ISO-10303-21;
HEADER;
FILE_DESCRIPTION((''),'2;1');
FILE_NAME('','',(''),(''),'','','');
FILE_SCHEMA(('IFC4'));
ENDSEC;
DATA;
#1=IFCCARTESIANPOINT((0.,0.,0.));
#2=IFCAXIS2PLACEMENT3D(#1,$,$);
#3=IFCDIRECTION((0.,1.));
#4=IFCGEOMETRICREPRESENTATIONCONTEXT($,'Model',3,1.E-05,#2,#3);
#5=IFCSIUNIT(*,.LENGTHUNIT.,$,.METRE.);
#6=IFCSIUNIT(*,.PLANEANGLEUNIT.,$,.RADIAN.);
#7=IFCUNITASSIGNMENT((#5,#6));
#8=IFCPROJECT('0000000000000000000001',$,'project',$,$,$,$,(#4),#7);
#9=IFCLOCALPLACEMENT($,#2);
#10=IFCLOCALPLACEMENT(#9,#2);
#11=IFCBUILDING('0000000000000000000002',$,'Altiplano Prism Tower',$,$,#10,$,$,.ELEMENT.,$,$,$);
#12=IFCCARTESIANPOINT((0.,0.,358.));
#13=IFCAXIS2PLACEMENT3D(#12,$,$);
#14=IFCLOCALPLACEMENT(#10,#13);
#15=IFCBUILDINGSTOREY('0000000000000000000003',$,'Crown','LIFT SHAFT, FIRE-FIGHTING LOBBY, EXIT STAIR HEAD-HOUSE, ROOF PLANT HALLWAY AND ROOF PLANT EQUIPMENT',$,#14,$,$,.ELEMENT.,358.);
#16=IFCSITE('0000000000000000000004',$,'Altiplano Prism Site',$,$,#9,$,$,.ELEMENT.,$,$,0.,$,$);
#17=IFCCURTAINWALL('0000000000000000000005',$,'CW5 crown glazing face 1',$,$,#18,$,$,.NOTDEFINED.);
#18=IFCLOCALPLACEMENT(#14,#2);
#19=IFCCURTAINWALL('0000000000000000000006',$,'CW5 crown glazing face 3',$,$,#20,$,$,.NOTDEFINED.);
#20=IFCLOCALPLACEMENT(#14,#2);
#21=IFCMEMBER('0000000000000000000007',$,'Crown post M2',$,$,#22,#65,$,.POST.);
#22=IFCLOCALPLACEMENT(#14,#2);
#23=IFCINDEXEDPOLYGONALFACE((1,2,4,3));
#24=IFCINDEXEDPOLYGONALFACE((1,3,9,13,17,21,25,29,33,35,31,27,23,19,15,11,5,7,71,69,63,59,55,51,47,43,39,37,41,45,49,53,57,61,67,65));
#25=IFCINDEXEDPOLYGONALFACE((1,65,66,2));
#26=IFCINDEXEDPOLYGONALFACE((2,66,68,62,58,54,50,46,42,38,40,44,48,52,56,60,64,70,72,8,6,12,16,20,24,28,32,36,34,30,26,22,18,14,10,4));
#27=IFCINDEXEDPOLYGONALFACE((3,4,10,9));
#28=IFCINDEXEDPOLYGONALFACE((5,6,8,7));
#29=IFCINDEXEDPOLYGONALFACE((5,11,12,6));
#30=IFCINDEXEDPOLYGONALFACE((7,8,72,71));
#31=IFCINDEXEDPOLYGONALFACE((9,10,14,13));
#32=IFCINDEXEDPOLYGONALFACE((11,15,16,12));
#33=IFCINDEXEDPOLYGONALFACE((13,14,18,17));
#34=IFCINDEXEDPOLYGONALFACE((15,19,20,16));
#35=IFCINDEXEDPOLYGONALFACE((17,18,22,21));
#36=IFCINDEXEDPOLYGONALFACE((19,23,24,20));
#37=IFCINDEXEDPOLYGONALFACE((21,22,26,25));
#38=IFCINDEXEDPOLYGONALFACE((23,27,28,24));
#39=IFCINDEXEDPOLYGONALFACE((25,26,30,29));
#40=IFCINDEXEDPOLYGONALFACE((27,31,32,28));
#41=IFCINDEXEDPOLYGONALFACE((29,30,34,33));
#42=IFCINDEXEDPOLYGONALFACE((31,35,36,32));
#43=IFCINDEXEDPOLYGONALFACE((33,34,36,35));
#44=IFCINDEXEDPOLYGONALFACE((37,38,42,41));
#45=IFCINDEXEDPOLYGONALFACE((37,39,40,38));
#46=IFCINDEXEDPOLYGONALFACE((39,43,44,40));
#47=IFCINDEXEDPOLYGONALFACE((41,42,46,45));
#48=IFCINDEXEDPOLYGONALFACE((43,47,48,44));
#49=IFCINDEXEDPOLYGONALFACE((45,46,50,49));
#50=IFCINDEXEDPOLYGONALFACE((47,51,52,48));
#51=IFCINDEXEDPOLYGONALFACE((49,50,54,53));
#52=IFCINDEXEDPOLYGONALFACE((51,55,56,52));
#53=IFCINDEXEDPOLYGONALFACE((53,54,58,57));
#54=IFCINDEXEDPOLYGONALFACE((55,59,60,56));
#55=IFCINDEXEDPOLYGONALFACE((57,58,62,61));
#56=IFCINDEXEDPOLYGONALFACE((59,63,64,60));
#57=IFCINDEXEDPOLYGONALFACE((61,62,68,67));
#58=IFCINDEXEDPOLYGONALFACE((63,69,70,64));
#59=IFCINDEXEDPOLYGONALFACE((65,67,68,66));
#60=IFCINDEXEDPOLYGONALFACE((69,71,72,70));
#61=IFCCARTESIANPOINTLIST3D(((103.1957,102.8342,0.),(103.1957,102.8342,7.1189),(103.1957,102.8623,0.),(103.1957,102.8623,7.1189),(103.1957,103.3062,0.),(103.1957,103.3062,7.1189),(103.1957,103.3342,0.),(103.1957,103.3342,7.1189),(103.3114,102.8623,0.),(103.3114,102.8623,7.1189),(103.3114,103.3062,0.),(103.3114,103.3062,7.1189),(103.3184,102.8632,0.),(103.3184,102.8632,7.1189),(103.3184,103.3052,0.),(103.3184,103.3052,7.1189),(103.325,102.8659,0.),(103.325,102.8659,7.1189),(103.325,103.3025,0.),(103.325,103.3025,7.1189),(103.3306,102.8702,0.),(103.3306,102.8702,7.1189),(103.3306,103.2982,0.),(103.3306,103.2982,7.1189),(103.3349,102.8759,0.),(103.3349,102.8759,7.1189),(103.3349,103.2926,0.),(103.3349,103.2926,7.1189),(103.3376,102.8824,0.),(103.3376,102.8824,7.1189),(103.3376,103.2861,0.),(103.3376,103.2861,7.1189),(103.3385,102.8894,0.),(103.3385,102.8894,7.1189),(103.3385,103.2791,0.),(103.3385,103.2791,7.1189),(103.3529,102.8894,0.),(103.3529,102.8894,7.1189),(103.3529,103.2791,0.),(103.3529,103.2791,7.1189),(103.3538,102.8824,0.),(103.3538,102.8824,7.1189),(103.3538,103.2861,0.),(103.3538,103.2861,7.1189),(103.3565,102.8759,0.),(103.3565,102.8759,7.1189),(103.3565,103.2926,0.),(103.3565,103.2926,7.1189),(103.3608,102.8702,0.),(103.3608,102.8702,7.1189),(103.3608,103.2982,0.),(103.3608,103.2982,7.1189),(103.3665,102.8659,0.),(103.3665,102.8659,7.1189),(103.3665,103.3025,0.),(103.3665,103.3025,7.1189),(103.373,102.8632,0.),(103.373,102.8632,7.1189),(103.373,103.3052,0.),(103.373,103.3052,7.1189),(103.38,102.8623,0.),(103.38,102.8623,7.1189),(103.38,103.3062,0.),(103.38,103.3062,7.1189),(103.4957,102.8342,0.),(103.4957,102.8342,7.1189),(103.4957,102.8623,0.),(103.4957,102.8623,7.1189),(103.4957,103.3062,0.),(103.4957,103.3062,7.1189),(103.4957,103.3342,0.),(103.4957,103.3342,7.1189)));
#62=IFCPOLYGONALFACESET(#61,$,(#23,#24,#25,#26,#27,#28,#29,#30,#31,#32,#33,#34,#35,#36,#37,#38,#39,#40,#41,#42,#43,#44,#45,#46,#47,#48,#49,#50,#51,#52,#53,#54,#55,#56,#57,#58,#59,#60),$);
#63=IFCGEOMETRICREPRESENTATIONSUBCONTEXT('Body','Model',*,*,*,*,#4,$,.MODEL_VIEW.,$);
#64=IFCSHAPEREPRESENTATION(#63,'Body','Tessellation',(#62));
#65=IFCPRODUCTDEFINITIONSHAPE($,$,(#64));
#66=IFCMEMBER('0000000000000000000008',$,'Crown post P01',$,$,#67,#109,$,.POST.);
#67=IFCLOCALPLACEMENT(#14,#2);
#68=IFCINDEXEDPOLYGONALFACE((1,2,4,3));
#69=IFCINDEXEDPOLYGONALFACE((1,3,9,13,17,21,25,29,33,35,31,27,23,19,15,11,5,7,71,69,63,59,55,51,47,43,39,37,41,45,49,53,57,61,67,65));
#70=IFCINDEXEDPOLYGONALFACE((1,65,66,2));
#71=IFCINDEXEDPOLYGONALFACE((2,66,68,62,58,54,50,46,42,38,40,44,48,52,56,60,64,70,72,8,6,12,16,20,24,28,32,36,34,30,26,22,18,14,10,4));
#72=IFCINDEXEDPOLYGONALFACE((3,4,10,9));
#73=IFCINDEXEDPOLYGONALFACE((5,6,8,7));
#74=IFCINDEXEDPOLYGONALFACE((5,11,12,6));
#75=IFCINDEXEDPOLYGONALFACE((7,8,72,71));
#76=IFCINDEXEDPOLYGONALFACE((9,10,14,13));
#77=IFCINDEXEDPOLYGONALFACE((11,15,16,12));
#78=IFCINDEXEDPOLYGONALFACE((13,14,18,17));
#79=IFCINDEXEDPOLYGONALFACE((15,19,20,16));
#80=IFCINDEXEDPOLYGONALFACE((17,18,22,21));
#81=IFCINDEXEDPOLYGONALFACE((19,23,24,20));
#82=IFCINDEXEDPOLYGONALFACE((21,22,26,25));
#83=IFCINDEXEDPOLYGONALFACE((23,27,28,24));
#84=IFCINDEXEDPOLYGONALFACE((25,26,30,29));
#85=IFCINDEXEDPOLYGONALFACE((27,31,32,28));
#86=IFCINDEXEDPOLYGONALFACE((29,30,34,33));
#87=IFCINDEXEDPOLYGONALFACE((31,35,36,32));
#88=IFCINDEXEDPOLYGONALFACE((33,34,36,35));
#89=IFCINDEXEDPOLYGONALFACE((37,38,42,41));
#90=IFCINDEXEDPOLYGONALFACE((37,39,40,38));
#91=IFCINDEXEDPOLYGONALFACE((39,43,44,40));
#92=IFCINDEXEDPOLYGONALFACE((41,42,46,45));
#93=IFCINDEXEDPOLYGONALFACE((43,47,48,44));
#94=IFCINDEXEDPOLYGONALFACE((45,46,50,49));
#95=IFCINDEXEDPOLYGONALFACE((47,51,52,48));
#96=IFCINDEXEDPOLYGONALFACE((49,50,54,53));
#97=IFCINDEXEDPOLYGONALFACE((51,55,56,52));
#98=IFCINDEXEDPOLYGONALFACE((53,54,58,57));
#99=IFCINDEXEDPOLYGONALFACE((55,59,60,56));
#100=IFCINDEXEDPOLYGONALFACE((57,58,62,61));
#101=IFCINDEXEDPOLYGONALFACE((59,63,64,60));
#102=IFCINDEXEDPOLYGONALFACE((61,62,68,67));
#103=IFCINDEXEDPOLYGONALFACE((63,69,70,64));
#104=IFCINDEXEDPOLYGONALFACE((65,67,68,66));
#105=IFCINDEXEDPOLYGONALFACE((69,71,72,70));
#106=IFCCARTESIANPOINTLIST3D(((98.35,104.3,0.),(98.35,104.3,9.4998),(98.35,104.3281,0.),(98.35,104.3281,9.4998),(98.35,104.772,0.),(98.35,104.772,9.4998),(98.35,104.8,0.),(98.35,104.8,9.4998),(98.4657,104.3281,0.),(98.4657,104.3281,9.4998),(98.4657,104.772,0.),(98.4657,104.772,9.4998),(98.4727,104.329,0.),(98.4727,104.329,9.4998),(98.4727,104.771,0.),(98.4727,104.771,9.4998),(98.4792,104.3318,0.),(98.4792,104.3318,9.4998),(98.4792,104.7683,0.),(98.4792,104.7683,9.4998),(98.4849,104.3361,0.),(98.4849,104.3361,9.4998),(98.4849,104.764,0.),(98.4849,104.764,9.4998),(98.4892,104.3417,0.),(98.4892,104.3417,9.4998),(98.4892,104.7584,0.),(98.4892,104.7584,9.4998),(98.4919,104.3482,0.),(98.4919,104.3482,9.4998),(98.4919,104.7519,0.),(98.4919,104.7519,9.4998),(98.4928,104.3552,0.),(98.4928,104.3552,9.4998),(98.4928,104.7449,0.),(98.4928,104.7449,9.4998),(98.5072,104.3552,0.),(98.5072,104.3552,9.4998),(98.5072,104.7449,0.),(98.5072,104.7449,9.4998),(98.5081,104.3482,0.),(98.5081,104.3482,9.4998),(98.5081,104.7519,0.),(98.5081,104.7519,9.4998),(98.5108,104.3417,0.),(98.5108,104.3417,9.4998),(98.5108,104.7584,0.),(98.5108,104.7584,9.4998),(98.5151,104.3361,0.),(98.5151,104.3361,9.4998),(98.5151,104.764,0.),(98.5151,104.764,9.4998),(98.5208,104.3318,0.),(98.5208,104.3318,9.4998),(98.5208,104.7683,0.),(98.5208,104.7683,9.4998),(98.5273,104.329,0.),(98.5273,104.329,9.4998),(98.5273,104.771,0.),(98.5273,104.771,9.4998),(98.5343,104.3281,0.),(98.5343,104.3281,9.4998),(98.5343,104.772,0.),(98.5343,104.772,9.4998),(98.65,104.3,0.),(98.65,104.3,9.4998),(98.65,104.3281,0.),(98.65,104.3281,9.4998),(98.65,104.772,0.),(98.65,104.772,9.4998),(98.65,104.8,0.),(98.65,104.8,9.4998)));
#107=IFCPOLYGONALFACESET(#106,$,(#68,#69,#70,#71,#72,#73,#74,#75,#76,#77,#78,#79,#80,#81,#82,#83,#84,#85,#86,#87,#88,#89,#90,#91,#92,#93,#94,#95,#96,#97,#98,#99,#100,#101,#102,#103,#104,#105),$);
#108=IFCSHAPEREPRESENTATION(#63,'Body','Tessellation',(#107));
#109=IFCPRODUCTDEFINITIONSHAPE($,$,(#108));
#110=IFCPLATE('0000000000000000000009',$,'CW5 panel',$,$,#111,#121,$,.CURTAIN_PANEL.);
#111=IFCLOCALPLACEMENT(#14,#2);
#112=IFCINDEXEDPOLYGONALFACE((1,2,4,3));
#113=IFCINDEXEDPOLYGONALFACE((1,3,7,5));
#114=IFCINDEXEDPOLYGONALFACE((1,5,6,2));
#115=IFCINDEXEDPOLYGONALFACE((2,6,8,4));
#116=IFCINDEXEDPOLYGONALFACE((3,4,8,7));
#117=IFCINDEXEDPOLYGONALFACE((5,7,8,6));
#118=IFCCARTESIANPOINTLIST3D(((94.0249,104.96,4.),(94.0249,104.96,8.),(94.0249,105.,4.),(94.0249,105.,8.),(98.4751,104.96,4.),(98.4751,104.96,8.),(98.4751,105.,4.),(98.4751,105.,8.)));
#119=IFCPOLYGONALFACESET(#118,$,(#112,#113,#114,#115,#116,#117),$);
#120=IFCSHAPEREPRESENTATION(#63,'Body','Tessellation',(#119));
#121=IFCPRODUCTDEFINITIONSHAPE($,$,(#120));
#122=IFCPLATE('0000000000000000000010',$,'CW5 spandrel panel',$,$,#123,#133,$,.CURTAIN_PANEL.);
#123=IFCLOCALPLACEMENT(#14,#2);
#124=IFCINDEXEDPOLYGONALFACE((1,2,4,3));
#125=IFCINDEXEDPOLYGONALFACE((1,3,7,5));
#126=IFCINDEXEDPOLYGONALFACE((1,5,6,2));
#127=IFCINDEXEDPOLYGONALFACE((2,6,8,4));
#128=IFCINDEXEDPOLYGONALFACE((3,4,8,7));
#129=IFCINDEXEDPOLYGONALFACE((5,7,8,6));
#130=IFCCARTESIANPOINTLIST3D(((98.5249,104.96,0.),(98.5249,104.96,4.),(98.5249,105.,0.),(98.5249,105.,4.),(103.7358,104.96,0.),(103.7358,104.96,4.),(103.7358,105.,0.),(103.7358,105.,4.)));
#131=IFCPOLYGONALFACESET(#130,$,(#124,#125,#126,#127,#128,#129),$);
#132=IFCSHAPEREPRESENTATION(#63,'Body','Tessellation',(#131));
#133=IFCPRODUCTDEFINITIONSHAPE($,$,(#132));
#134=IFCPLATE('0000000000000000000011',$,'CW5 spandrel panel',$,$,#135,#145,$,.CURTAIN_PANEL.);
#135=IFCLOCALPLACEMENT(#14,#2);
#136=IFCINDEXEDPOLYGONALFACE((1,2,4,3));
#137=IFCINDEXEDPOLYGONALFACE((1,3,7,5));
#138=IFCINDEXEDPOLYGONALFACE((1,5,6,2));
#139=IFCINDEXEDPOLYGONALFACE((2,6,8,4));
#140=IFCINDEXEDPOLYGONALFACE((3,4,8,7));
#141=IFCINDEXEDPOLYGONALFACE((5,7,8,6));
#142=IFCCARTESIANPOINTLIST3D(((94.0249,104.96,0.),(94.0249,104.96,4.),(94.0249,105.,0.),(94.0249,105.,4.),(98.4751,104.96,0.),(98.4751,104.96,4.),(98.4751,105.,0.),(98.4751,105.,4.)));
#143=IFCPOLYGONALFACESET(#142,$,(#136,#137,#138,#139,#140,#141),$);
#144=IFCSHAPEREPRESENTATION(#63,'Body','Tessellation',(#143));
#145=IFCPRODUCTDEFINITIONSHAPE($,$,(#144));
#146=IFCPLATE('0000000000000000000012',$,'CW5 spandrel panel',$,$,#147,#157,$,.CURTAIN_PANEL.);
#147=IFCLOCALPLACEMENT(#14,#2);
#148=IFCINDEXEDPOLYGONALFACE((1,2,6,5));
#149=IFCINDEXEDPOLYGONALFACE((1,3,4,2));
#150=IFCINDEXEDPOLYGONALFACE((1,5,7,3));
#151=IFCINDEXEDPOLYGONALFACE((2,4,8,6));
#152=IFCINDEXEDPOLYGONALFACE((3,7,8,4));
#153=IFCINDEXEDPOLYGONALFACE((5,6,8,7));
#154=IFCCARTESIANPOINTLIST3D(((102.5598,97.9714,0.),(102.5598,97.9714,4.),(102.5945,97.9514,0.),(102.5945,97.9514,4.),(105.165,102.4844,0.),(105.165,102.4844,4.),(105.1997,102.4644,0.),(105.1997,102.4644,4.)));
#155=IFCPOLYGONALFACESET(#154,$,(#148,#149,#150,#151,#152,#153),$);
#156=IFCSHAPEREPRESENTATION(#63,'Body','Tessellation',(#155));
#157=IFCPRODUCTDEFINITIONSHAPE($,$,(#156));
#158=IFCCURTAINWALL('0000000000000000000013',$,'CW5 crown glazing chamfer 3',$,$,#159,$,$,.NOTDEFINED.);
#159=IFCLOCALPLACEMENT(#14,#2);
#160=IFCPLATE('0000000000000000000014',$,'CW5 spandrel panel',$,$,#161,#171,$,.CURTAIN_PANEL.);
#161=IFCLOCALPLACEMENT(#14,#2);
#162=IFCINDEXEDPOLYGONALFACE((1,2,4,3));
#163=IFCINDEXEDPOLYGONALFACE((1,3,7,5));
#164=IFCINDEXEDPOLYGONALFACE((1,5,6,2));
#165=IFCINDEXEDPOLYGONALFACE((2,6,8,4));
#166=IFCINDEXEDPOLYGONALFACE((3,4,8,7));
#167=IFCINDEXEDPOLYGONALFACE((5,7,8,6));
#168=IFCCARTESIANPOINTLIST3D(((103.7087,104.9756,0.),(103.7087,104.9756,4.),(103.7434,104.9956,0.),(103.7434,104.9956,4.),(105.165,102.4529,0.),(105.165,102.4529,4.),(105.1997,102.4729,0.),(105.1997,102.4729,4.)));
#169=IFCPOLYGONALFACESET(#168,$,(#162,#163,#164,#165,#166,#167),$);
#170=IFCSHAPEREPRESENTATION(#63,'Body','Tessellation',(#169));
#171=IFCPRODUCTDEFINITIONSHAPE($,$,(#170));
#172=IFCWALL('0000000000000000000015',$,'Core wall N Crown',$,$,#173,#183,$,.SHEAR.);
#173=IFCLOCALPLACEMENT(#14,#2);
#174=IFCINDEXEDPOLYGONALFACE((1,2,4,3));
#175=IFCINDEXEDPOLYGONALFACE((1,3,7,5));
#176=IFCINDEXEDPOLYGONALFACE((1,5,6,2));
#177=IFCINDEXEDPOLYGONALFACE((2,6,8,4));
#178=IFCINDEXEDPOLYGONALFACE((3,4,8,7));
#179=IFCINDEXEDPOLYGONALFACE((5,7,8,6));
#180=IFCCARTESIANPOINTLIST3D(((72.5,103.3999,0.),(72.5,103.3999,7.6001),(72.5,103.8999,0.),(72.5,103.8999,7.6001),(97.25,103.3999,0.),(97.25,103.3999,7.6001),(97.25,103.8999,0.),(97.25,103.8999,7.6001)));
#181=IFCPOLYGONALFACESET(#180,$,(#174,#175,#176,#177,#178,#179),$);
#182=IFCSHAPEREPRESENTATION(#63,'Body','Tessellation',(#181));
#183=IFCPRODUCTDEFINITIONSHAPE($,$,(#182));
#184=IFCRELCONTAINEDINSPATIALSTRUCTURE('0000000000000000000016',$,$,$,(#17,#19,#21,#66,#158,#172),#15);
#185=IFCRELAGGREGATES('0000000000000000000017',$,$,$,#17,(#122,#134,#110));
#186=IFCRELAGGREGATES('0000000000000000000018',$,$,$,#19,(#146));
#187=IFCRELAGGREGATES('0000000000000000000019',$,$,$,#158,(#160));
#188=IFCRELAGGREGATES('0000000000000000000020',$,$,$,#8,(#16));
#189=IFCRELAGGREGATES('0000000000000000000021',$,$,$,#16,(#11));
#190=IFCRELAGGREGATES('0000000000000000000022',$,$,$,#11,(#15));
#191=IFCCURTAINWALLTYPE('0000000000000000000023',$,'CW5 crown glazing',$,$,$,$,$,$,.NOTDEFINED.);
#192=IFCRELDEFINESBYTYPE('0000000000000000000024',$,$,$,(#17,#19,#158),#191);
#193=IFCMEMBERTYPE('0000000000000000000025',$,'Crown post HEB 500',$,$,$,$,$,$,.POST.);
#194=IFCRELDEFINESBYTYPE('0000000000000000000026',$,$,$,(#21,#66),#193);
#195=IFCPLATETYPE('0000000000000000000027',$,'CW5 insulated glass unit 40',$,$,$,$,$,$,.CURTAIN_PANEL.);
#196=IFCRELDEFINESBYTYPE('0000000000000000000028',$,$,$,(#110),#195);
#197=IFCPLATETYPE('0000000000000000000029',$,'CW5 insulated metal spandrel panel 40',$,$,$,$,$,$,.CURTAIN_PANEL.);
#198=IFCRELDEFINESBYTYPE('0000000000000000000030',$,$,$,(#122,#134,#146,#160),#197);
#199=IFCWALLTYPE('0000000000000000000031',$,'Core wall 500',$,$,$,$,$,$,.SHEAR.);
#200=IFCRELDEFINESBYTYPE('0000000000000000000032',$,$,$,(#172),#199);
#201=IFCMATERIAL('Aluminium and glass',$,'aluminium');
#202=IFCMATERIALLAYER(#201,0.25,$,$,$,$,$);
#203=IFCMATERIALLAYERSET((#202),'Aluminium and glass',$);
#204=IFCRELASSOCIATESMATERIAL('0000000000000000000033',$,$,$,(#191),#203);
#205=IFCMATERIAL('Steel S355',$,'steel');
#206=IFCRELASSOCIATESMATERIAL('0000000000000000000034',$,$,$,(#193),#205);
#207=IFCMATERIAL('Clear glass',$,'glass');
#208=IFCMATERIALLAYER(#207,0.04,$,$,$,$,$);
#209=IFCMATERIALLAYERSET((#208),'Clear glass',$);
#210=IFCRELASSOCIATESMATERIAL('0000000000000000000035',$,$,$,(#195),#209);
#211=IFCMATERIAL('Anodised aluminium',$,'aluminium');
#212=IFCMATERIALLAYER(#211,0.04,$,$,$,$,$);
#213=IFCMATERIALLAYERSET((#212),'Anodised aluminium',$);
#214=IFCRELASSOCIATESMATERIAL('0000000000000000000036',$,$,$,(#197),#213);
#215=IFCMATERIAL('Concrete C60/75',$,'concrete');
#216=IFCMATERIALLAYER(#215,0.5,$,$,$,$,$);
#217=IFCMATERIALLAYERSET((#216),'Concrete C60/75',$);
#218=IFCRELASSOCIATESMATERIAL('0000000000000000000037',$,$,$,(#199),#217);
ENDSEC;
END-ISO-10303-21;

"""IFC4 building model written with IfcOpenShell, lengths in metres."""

from ifc_helpers import new_model, si_unit, direction, frame, frame_2d, origin, origin_2d, place, context, subcontext, project, spatial, polyline, rectangle, i_section, outline, extrude, material, layer, layer_set, material_profile, profile_set, type_object, element, aggregate, save


model = new_model("IFC4")

# Units and contexts
model_context = context("Model", 3, precision=1e-05, world=origin(), true_north=direction((0.0, 1.0)))
body_context = subcontext(model_context, "Body", "Model", "MODEL_VIEW")
ifc_project = project(units=[si_unit("LENGTHUNIT", "METRE"), si_unit("PLANEANGLEUNIT", "RADIAN")], contexts=[model_context])

# Site, building, storey
site_placement = place(None, origin())
site = spatial("IfcSite", under=ifc_project, at=site_placement, Name="Altiplano Prism Site", CompositionType="ELEMENT", RefElevation=0.0)
building_placement = place(site_placement, origin())
building = spatial("IfcBuilding", under=site, at=building_placement, Name="Altiplano Prism Tower", CompositionType="ELEMENT")
storey_placement = place(building_placement, frame((0.0, 0.0, 358.0)))
storey = spatial("IfcBuildingStorey", under=building, at=storey_placement, Name="Crown", Description="LIFT SHAFT, FIRE-FIGHTING LOBBY, EXIT STAIR HEAD-HOUSE, ROOF PLANT HALLWAY AND ROOF PLANT EQUIPMENT", CompositionType="ELEMENT", Elevation=358.0)

# Curtain walls
ifc_material_1 = material(Name="Aluminium and glass", Category="aluminium")
ifc_layer_1 = layer(ifc_material_1, 0.25)
ifc_layer_set_1 = layer_set([ifc_layer_1], Name="Aluminium and glass")
curtain_wall_type = type_object("IfcCurtainWallType", Name="CW5 crown glazing", PredefinedType="NOTDEFINED", material=ifc_layer_set_1)
curtain_wall_1_placement = place(storey_placement, origin())
curtain_wall_1 = element("IfcCurtainWall", 1, at=curtain_wall_1_placement, inside=storey, type_object=curtain_wall_type, Name="CW5 crown glazing face 1", PredefinedType="NOTDEFINED")
curtain_wall_2_placement = place(storey_placement, origin())
curtain_wall_2 = element("IfcCurtainWall", 2, at=curtain_wall_2_placement, inside=storey, type_object=curtain_wall_type, Name="CW5 crown glazing face 3", PredefinedType="NOTDEFINED")

# Members
ifc_material_2 = material(Name="Steel S355", Category="steel")
ifc_material_profile_1 = material_profile(ifc_material_2, i_section(OverallWidth=0.3, OverallDepth=0.5, WebThickness=0.0144, FlangeThickness=0.0281, FilletRadius=0.0271, at=origin_2d()), Name="Crown post HEB 500")
ifc_profile_set_1 = profile_set([ifc_material_profile_1], Name="Steel S355")
member_type_1 = type_object("IfcMemberType", Name="Crown post HEB 500", PredefinedType="POST", material=ifc_profile_set_1)
member_1_placement = place(storey_placement, frame((103.3457, 103.0842, 0.0), z_axis=(0.0, 0.0, 1.0), x_axis=(1.0, 0.0, 0.0)))
element("IfcMember", 3, at=member_1_placement, inside=storey, type_object=member_type_1, Name="Crown post M2", PredefinedType="POST", context=body_context, shape_type="SweptSolid", body=[
    extrude(i_section(OverallWidth=0.3, OverallDepth=0.5, WebThickness=0.0144, FlangeThickness=0.0281, FilletRadius=0.0271, at=origin_2d()), origin(), (0.0, 0.0, 1.0), 7.1189),
])
member_2_placement = place(storey_placement, frame((98.5, 104.55, 0.0), z_axis=(0.0, 0.0, 1.0), x_axis=(1.0, 0.0, 0.0)))
element("IfcMember", 4, at=member_2_placement, inside=storey, type_object=member_type_1, Name="Crown post P01", PredefinedType="POST", context=body_context, shape_type="SweptSolid", body=[
    extrude(i_section(OverallWidth=0.3, OverallDepth=0.5, WebThickness=0.0144, FlangeThickness=0.0281, FilletRadius=0.0271, at=origin_2d()), origin(), (0.0, 0.0, 1.0), 9.4998),
])

# Plates
ifc_material_3 = material(Name="Clear glass", Category="glass")
ifc_layer_2 = layer(ifc_material_3, 0.04)
ifc_layer_set_2 = layer_set([ifc_layer_2], Name="Clear glass")
plate_type_1 = type_object("IfcPlateType", Name="CW5 insulated glass unit 40", PredefinedType="CURTAIN_PANEL", material=ifc_layer_set_2)
plate_1_placement = place(storey_placement, frame((98.4751, 105.0, 4.0), z_axis=(0.0, 1.0, 0.0), x_axis=(-1.0, 0.0, 0.0)))
plate_1 = element("IfcPlate", 5, at=plate_1_placement, type_object=plate_type_1, Name="CW5 panel", PredefinedType="CURTAIN_PANEL", context=body_context, shape_type="SweptSolid", body=[
    extrude(outline(polyline([(0.0, 0.0), (4.4502, 0.0), (4.4502, 4.0), (0.0, 4.0), (0.0, 0.0)])), origin(), (0.0, 0.0, -1.0), 0.04),
])
ifc_material_4 = material(Name="Anodised aluminium", Category="aluminium")
ifc_layer_3 = layer(ifc_material_4, 0.04)
ifc_layer_set_3 = layer_set([ifc_layer_3], Name="Anodised aluminium")
plate_type_2 = type_object("IfcPlateType", Name="CW5 insulated metal spandrel panel 40", PredefinedType="CURTAIN_PANEL", material=ifc_layer_set_3)
plate_2_placement = place(storey_placement, frame((103.7358, 105.0, 0.0), z_axis=(0.0, 1.0, 0.0), x_axis=(-1.0, 0.0, 0.0)))
plate_2 = element("IfcPlate", 6, at=plate_2_placement, type_object=plate_type_2, Name="CW5 spandrel panel", PredefinedType="CURTAIN_PANEL", context=body_context, shape_type="SweptSolid", body=[
    extrude(outline(polyline([(0.0, 0.0), (5.2109, 0.0), (5.2109, 4.0), (0.0, 4.0), (0.0, 0.0)])), origin(), (0.0, 0.0, -1.0), 0.04),
])
plate_3_placement = place(storey_placement, frame((98.4751, 105.0, 0.0), z_axis=(0.0, 1.0, 0.0), x_axis=(-1.0, 0.0, 0.0)))
plate_3 = element("IfcPlate", 7, at=plate_3_placement, type_object=plate_type_2, Name="CW5 spandrel panel", PredefinedType="CURTAIN_PANEL", context=body_context, shape_type="SweptSolid", body=[
    extrude(outline(polyline([(0.0, 0.0), (4.4502, 0.0), (4.4502, 4.0), (0.0, 4.0), (0.0, 0.0)])), origin(), (0.0, 0.0, -1.0), 0.04),
])
aggregate(curtain_wall_1, [plate_2, plate_3, plate_1])
plate_4_placement = place(storey_placement, frame((102.5945, 97.9514, 0.0), z_axis=(0.866052, -0.499954, 0.0), x_axis=(0.499954, 0.866052, 0.0)))
plate_4 = element("IfcPlate", 8, at=plate_4_placement, type_object=plate_type_2, Name="CW5 spandrel panel", PredefinedType="CURTAIN_PANEL", context=body_context, shape_type="SweptSolid", body=[
    extrude(outline(polyline([(0.0, 0.0), (5.2109, 0.0), (5.2109, 4.0), (0.0, 4.0), (0.0, 0.0)])), origin(), (0.0, 0.0, -1.0), 0.04),
])
aggregate(curtain_wall_2, [plate_4])

# Curtain wall, plate
curtain_wall_3_placement = place(storey_placement, origin())
curtain_wall_3 = element("IfcCurtainWall", 9, at=curtain_wall_3_placement, inside=storey, type_object=curtain_wall_type, Name="CW5 crown glazing chamfer 3", PredefinedType="NOTDEFINED")
plate_5_placement = place(storey_placement, frame((105.1997, 102.4729, 0.0), z_axis=(0.866053, 0.499952, 0.0), x_axis=(-0.499952, 0.866053, 0.0)))
plate_5 = element("IfcPlate", 10, at=plate_5_placement, type_object=plate_type_2, Name="CW5 spandrel panel", PredefinedType="CURTAIN_PANEL", context=body_context, shape_type="SweptSolid", body=[
    extrude(outline(polyline([(0.0, 0.0), (2.9128, 0.0), (2.9128, 4.0), (0.0, 4.0), (0.0, 0.0)])), origin(), (0.0, 0.0, -1.0), 0.04),
])
aggregate(curtain_wall_3, [plate_5])

# Wall
ifc_material_5 = material(Name="Concrete C60/75", Category="concrete")
ifc_layer_4 = layer(ifc_material_5, 0.5)
ifc_layer_set_4 = layer_set([ifc_layer_4], Name="Concrete C60/75")
wall_type_1 = type_object("IfcWallType", Name="Core wall 500", PredefinedType="SHEAR", material=ifc_layer_set_4)
wall_1_placement = place(storey_placement, frame((97.25, 103.6499, 0.0), z_axis=(0.0, 0.0, 1.0), x_axis=(-1.0, 0.0, 0.0)))
element("IfcWall", 11, at=wall_1_placement, inside=storey, type_object=wall_type_1, Name="Core wall N Crown", PredefinedType="SHEAR", context=body_context, shape_type="SweptSolid", body=[
    extrude(rectangle(XDim=24.75, YDim=0.5, at=frame_2d((12.375, 0.0))), origin(), (0.0, 0.0, 1.0), 7.6001),
])

save(model, "model.ifc")
